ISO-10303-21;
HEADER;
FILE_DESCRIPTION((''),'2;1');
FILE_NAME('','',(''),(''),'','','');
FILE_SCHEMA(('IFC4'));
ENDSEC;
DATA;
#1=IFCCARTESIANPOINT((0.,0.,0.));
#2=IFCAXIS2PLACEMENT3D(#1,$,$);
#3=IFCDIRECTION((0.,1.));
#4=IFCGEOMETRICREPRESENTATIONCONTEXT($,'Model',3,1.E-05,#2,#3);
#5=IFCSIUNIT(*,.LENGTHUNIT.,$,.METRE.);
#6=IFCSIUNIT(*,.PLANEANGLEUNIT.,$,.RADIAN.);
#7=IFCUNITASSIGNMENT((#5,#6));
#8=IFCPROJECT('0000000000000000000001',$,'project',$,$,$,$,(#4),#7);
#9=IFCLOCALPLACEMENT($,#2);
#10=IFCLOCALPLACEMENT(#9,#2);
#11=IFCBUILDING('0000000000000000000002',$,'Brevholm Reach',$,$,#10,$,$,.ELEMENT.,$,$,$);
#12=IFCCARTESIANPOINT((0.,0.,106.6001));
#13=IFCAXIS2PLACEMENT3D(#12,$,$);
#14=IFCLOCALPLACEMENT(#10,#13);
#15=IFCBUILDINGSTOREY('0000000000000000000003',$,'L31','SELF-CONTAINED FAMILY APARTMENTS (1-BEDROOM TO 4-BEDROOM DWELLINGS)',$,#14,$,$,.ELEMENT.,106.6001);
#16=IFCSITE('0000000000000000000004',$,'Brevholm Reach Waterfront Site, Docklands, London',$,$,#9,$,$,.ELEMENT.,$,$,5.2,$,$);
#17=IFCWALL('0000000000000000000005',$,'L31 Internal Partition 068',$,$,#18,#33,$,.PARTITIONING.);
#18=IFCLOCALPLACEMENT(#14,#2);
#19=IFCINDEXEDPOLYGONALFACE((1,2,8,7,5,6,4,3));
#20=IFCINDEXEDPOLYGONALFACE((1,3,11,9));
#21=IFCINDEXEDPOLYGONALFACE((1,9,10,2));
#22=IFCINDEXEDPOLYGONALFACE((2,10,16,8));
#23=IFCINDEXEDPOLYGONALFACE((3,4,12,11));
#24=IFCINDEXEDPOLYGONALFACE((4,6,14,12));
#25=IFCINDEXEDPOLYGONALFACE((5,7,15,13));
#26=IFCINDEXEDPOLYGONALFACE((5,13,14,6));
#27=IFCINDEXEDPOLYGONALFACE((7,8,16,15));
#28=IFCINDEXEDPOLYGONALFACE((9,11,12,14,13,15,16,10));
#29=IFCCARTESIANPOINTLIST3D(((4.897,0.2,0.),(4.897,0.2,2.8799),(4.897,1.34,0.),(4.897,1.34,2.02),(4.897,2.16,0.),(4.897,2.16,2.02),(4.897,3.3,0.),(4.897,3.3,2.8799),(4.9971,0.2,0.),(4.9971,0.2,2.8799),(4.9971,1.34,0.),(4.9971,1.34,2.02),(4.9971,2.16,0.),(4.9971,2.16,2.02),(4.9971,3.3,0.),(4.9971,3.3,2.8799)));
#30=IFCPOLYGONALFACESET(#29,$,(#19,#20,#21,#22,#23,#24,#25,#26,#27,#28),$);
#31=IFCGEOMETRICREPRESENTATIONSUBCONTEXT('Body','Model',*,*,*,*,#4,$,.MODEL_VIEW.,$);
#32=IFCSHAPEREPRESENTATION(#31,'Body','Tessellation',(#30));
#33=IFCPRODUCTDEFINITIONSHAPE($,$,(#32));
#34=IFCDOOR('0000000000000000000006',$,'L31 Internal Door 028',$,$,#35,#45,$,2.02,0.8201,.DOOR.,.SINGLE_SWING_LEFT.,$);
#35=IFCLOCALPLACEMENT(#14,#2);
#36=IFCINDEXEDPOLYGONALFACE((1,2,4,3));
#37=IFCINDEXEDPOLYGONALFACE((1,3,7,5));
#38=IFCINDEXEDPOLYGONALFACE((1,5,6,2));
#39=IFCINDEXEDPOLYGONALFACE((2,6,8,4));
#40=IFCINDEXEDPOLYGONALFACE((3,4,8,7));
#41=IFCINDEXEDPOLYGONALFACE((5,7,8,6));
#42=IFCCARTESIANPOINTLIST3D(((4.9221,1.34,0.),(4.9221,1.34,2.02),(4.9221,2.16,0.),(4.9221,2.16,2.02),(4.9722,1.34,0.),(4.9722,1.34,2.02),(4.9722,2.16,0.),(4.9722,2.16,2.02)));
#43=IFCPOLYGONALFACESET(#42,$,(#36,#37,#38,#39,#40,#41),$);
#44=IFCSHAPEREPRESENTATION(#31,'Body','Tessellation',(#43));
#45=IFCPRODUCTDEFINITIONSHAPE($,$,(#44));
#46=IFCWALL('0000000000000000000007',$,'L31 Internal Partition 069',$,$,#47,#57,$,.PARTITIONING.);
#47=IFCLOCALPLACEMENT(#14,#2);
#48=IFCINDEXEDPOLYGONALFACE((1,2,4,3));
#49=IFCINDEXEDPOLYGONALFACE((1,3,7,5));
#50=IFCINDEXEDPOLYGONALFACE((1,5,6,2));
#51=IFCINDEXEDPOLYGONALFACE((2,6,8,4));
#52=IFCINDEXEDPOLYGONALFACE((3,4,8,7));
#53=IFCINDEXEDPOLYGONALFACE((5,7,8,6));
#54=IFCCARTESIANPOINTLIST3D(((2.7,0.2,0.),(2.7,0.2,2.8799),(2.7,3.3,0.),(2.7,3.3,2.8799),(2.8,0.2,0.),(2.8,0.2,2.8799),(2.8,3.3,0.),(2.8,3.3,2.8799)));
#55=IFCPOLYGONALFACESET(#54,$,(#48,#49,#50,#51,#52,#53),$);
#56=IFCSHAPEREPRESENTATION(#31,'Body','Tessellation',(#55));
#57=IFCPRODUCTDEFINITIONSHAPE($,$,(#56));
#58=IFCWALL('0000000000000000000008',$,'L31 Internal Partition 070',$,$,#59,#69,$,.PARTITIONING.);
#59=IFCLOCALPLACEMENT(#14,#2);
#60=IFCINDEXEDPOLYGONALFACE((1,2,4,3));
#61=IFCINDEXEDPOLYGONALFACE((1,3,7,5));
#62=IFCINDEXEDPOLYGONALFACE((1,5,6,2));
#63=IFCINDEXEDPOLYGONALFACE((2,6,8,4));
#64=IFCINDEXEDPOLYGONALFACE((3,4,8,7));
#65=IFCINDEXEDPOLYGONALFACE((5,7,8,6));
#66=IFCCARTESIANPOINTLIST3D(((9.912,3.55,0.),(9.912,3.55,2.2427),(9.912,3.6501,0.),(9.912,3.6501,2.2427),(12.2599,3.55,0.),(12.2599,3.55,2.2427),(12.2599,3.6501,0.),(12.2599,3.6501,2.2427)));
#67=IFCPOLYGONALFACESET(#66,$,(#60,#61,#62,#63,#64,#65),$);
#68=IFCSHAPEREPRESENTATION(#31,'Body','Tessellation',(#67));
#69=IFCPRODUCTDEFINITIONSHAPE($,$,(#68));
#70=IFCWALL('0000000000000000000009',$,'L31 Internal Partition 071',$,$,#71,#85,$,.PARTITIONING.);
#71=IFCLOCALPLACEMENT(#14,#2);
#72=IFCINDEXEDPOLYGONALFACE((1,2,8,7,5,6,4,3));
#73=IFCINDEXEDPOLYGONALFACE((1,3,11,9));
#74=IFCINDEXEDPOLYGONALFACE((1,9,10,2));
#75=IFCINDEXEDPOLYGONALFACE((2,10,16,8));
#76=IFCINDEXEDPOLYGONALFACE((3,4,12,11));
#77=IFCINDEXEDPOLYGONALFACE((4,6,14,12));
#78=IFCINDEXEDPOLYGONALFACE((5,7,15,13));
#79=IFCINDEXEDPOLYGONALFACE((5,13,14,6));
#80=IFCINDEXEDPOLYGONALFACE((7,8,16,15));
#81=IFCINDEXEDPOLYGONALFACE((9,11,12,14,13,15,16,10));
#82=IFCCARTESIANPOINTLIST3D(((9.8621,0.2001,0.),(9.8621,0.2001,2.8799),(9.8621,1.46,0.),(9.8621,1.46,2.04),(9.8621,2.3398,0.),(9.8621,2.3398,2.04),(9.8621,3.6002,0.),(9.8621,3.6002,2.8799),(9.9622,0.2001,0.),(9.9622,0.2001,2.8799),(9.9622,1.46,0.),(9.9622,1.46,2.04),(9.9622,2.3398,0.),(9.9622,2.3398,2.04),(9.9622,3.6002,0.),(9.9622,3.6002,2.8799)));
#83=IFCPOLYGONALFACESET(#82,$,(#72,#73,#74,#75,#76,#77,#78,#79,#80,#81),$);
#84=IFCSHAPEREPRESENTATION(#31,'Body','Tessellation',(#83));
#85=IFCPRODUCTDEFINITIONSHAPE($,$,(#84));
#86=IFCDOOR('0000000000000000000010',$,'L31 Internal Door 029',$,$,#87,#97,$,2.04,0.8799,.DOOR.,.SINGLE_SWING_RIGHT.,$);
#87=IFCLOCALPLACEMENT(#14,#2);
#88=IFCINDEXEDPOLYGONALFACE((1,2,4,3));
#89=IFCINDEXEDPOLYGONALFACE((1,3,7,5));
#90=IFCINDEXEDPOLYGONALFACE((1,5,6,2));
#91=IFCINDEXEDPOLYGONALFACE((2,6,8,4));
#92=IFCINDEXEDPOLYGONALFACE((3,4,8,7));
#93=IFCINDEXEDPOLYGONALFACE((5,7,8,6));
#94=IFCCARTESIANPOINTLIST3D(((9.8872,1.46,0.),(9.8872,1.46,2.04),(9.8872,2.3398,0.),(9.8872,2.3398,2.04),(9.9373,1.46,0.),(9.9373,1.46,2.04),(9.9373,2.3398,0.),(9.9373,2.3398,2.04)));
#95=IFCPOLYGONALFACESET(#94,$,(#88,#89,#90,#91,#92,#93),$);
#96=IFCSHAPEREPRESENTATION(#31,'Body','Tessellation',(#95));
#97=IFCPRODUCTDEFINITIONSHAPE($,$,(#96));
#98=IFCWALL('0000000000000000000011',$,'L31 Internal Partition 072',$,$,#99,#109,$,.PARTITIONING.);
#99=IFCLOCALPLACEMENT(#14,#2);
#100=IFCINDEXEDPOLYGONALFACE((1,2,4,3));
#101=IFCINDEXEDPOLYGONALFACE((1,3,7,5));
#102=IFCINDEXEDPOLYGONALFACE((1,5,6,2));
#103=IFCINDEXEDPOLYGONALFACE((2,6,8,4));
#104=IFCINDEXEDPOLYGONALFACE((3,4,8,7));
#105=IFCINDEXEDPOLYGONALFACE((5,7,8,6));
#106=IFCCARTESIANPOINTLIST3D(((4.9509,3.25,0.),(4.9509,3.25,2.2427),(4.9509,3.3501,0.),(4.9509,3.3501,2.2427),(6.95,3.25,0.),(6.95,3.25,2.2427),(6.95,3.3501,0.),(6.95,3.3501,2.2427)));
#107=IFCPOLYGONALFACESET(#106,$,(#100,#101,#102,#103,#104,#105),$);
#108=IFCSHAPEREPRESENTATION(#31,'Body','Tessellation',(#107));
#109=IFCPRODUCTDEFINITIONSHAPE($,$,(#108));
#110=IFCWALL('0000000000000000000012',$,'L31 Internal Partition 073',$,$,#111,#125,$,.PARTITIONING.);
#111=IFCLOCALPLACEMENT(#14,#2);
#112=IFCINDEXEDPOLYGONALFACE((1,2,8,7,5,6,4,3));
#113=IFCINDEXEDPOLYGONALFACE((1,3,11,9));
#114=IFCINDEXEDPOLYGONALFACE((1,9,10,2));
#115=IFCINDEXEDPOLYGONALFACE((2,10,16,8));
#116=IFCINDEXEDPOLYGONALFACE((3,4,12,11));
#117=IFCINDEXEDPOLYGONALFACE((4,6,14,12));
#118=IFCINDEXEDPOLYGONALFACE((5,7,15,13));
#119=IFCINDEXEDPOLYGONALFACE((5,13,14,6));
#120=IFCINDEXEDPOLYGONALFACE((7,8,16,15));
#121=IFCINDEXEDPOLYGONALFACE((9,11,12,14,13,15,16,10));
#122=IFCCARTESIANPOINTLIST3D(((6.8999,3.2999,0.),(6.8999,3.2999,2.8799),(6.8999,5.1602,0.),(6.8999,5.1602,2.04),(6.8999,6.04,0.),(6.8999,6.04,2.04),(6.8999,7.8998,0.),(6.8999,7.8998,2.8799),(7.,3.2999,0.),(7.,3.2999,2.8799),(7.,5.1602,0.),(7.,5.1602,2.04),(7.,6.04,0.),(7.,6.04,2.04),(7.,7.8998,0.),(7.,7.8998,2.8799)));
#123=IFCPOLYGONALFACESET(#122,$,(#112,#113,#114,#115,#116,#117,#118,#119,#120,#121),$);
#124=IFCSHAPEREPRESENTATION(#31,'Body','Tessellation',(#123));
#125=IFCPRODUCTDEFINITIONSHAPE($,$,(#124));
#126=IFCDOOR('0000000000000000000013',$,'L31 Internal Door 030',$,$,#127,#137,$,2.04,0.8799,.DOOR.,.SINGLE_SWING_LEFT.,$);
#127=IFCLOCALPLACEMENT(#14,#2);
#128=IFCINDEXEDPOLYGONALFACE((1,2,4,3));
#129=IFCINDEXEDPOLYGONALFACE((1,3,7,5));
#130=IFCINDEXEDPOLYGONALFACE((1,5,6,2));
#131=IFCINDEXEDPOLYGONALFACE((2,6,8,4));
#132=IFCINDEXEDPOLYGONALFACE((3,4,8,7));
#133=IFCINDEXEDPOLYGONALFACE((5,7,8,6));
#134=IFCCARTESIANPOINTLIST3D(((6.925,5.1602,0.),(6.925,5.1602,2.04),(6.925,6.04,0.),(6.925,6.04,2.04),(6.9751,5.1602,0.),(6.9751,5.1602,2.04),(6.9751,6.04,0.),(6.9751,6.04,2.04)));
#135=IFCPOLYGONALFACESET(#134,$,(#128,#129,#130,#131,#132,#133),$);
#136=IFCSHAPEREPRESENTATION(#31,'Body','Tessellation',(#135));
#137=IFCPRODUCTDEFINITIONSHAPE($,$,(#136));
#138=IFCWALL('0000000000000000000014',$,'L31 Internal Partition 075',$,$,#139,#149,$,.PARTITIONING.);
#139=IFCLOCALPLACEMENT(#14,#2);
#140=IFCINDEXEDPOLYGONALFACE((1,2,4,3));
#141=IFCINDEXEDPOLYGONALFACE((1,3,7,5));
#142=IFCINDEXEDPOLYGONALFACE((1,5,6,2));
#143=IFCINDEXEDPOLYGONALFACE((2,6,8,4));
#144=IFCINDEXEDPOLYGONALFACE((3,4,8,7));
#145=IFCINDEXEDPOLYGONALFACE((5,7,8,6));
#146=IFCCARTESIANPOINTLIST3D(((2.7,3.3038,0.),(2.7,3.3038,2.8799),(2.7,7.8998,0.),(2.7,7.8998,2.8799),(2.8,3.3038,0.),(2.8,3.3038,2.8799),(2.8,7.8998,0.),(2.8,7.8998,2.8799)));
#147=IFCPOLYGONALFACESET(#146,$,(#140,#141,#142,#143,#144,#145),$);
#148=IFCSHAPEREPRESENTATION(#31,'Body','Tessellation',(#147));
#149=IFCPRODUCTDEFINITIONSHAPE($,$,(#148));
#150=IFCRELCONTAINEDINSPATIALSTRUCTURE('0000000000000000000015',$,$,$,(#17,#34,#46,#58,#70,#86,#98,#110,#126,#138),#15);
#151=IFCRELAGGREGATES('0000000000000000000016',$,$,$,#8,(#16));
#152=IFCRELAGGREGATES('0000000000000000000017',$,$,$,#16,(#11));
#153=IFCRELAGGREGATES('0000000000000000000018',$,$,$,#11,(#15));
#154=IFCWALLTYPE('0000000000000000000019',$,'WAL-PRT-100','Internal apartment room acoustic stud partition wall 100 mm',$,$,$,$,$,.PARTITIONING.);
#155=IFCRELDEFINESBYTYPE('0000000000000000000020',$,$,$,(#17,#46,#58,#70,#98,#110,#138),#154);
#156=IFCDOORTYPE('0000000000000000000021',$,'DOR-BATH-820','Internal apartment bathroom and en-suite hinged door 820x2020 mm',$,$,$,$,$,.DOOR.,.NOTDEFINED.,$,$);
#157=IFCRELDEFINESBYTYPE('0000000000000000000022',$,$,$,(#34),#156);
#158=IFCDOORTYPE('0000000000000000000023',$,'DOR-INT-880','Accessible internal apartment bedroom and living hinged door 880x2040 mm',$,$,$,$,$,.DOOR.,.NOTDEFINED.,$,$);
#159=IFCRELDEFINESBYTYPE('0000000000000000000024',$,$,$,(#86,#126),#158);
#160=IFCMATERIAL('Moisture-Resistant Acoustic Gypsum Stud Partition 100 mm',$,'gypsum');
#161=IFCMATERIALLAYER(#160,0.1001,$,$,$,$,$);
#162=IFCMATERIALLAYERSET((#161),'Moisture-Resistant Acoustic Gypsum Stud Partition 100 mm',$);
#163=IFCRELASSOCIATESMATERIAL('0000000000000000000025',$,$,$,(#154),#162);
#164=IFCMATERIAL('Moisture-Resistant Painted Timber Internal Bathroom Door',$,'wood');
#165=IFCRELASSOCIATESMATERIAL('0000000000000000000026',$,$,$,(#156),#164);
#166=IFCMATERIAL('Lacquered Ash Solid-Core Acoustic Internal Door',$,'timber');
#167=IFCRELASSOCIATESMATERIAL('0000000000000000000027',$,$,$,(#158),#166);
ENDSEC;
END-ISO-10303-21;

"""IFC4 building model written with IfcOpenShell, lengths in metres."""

from ifc_helpers import new_model, si_unit, direction, frame, frame_2d, origin, place, context, subcontext, project, spatial, rectangle, extrude, material, layer, layer_set, type_object, element, fill, save


model = new_model("IFC4")

# Units and contexts
model_context = context("Model", 3, precision=1e-05, world=origin(), true_north=direction((0.0, 1.0)))
body_context = subcontext(model_context, "Body", "Model", "MODEL_VIEW")
ifc_project = project(units=[si_unit("LENGTHUNIT", "METRE"), si_unit("PLANEANGLEUNIT", "RADIAN")], contexts=[model_context])

# Site, building, storey
site_placement = place(None, origin())
site = spatial("IfcSite", under=ifc_project, at=site_placement, Name="Brevholm Reach Waterfront Site, Docklands, London", CompositionType="ELEMENT", RefElevation=5.2)
building_placement = place(site_placement, origin())
building = spatial("IfcBuilding", under=site, at=building_placement, Name="Brevholm Reach", CompositionType="ELEMENT")
storey_placement = place(building_placement, frame((0.0, 0.0, 106.6001)))
storey = spatial("IfcBuildingStorey", under=building, at=storey_placement, Name="L31", Description="SELF-CONTAINED FAMILY APARTMENTS (1-BEDROOM TO 4-BEDROOM DWELLINGS)", CompositionType="ELEMENT", Elevation=106.6001)

# Shared definitions
ifc_material_1 = material(Name="Moisture-Resistant Acoustic Gypsum Stud Partition 100 mm", Category="gypsum")
ifc_layer_1 = layer(ifc_material_1, 0.1001)
ifc_layer_set_1 = layer_set([ifc_layer_1], Name="Moisture-Resistant Acoustic Gypsum Stud Partition 100 mm")
wall_type_1 = type_object("IfcWallType", Name="WAL-PRT-100", Description="Internal apartment room acoustic stud partition wall 100 mm", PredefinedType="PARTITIONING", material=ifc_layer_set_1)

# Wall, opening, door
wall_1_placement = place(storey_placement, frame((4.947, 0.2, 0.0), z_axis=(0.0, 0.0, 1.0), x_axis=(0.0, 1.0, 0.0)))
wall_1 = element("IfcWall", 1, at=wall_1_placement, inside=storey, type_object=wall_type_1, Name="L31 Internal Partition 068", PredefinedType="PARTITIONING", context=body_context, shape_type="SweptSolid", body=[
    extrude(rectangle(XDim=3.1001, YDim=0.1001, at=frame_2d((1.55, 0.0))), origin(), (0.0, 0.0, 1.0), 2.8799),
])
opening_1_placement = place(wall_1_placement, frame((1.1399, 0.0, 0.0)))
opening_1 = element("IfcOpeningElement", 2, at=opening_1_placement, cuts=wall_1, PredefinedType="OPENING", context=body_context, shape_type="SweptSolid", body=[
    extrude(rectangle(XDim=0.8201, YDim=2.02, at=frame_2d((0.4102, 1.01))), frame((0.0, 0.0601, 0.0), z_axis=(0.0, -1.0, 0.0), x_axis=(1.0, 0.0, 0.0)), (0.0, 0.0, 1.0), 0.1201),
])
ifc_material_2 = material(Name="Moisture-Resistant Painted Timber Internal Bathroom Door", Category="wood")
door_type_1 = type_object("IfcDoorType", Name="DOR-BATH-820", Description="Internal apartment bathroom and en-suite hinged door 820x2020 mm", OperationType="NOTDEFINED", PredefinedType="DOOR", material=ifc_material_2)
door_1_placement = place(opening_1_placement, origin())
door_1 = element("IfcDoor", 3, at=door_1_placement, inside=storey, type_object=door_type_1, Name="L31 Internal Door 028", OperationType="SINGLE_SWING_LEFT", OverallHeight=2.02, OverallWidth=0.8201, PredefinedType="DOOR", context=body_context, shape_type="SweptSolid", body=[
    extrude(rectangle(XDim=0.8201, YDim=2.02, at=frame_2d((0.4102, 1.01))), frame((0.0, 0.0249, 0.0), z_axis=(0.0, -1.0, 0.0), x_axis=(1.0, 0.0, 0.0)), (0.0, 0.0, 1.0), 0.05),
])
fill(opening_1, door_1)

# Walls
wall_2_placement = place(storey_placement, frame((2.75, 0.2, 0.0), z_axis=(0.0, 0.0, 1.0), x_axis=(0.0, 1.0, 0.0)))
element("IfcWall", 4, at=wall_2_placement, inside=storey, type_object=wall_type_1, Name="L31 Internal Partition 069", PredefinedType="PARTITIONING", context=body_context, shape_type="SweptSolid", body=[
    extrude(rectangle(XDim=3.1001, YDim=0.1001, at=frame_2d((1.55, 0.0))), origin(), (0.0, 0.0, 1.0), 2.8799),
])
wall_3_placement = place(storey_placement, frame((9.9121, 3.6001, 0.0), z_axis=(0.0, 0.0, 1.0), x_axis=(1.0, 0.0, 0.0)))
element("IfcWall", 5, at=wall_3_placement, inside=storey, type_object=wall_type_1, Name="L31 Internal Partition 070", PredefinedType="PARTITIONING", context=body_context, shape_type="SweptSolid", body=[
    extrude(rectangle(XDim=2.3479, YDim=0.1001, at=frame_2d((1.1738, 0.0))), origin(), (0.0, 0.0, 1.0), 2.2427),
])

# Wall, opening, door
wall_4_placement = place(storey_placement, frame((9.9121, 0.2, 0.0), z_axis=(0.0, 0.0, 1.0), x_axis=(0.0, 1.0, 0.0)))
wall_4 = element("IfcWall", 6, at=wall_4_placement, inside=storey, type_object=wall_type_1, Name="L31 Internal Partition 071", PredefinedType="PARTITIONING", context=body_context, shape_type="SweptSolid", body=[
    extrude(rectangle(XDim=3.4001, YDim=0.1001, at=frame_2d((1.7002, 0.0))), origin(), (0.0, 0.0, 1.0), 2.8799),
])
opening_2_placement = place(wall_4_placement, frame((1.26, 0.0, 0.0)))
opening_2 = element("IfcOpeningElement", 7, at=opening_2_placement, cuts=wall_4, PredefinedType="OPENING", context=body_context, shape_type="SweptSolid", body=[
    extrude(rectangle(XDim=0.8799, YDim=2.04, at=frame_2d((0.4399, 1.02))), frame((0.0, 0.0601, 0.0), z_axis=(0.0, -1.0, 0.0), x_axis=(1.0, 0.0, 0.0)), (0.0, 0.0, 1.0), 0.1201),
])
ifc_material_3 = material(Name="Lacquered Ash Solid-Core Acoustic Internal Door", Category="timber")
door_type_2 = type_object("IfcDoorType", Name="DOR-INT-880", Description="Accessible internal apartment bedroom and living hinged door 880x2040 mm", OperationType="NOTDEFINED", PredefinedType="DOOR", material=ifc_material_3)
door_2_placement = place(opening_2_placement, origin())
door_2 = element("IfcDoor", 8, at=door_2_placement, inside=storey, type_object=door_type_2, Name="L31 Internal Door 029", OperationType="SINGLE_SWING_RIGHT", OverallHeight=2.04, OverallWidth=0.8799, PredefinedType="DOOR", context=body_context, shape_type="SweptSolid", body=[
    extrude(rectangle(XDim=0.8799, YDim=2.04, at=frame_2d((0.4399, 1.02))), frame((0.0, 0.0249, 0.0), z_axis=(0.0, -1.0, 0.0), x_axis=(1.0, 0.0, 0.0)), (0.0, 0.0, 1.0), 0.05),
])
fill(opening_2, door_2)

# Wall
wall_5_placement = place(storey_placement, frame((4.9509, 3.3, 0.0), z_axis=(0.0, 0.0, 1.0), x_axis=(1.0, 0.0, 0.0)))
element("IfcWall", 9, at=wall_5_placement, inside=storey, type_object=wall_type_1, Name="L31 Internal Partition 072", PredefinedType="PARTITIONING", context=body_context, shape_type="SweptSolid", body=[
    extrude(rectangle(XDim=1.999, YDim=0.1001, at=frame_2d((0.9995, 0.0))), origin(), (0.0, 0.0, 1.0), 2.2427),
])

# Wall, opening, door
wall_6_placement = place(storey_placement, frame((6.95, 3.3, 0.0), z_axis=(0.0, 0.0, 1.0), x_axis=(0.0, 1.0, 0.0)))
wall_6 = element("IfcWall", 10, at=wall_6_placement, inside=storey, type_object=wall_type_1, Name="L31 Internal Partition 073", PredefinedType="PARTITIONING", context=body_context, shape_type="SweptSolid", body=[
    extrude(rectangle(XDim=4.5999, YDim=0.1001, at=frame_2d((2.2998, 0.0))), origin(), (0.0, 0.0, 1.0), 2.8799),
])
opening_3_placement = place(wall_6_placement, frame((1.8601, 0.0, 0.0)))
opening_3 = element("IfcOpeningElement", 11, at=opening_3_placement, cuts=wall_6, PredefinedType="OPENING", context=body_context, shape_type="SweptSolid", body=[
    extrude(rectangle(XDim=0.8799, YDim=2.04, at=frame_2d((0.4399, 1.02))), frame((0.0, 0.0601, 0.0), z_axis=(0.0, -1.0, 0.0), x_axis=(1.0, 0.0, 0.0)), (0.0, 0.0, 1.0), 0.1201),
])
door_3_placement = place(opening_3_placement, origin())
door_3 = element("IfcDoor", 12, at=door_3_placement, inside=storey, type_object=door_type_2, Name="L31 Internal Door 030", OperationType="SINGLE_SWING_LEFT", OverallHeight=2.04, OverallWidth=0.8799, PredefinedType="DOOR", context=body_context, shape_type="SweptSolid", body=[
    extrude(rectangle(XDim=0.8799, YDim=2.04, at=frame_2d((0.4399, 1.02))), frame((0.0, 0.0249, 0.0), z_axis=(0.0, -1.0, 0.0), x_axis=(1.0, 0.0, 0.0)), (0.0, 0.0, 1.0), 0.05),
])
fill(opening_3, door_3)

# Wall
wall_7_placement = place(storey_placement, frame((2.75, 3.304, 0.0), z_axis=(0.0, 0.0, 1.0), x_axis=(0.0, 1.0, 0.0)))
element("IfcWall", 13, at=wall_7_placement, inside=storey, type_object=wall_type_1, Name="L31 Internal Partition 075", PredefinedType="PARTITIONING", context=body_context, shape_type="SweptSolid", body=[
    extrude(rectangle(XDim=4.5959, YDim=0.1001, at=frame_2d((2.2979, 0.0))), origin(), (0.0, 0.0, 1.0), 2.8799),
])

save(model, "model.ifc")
